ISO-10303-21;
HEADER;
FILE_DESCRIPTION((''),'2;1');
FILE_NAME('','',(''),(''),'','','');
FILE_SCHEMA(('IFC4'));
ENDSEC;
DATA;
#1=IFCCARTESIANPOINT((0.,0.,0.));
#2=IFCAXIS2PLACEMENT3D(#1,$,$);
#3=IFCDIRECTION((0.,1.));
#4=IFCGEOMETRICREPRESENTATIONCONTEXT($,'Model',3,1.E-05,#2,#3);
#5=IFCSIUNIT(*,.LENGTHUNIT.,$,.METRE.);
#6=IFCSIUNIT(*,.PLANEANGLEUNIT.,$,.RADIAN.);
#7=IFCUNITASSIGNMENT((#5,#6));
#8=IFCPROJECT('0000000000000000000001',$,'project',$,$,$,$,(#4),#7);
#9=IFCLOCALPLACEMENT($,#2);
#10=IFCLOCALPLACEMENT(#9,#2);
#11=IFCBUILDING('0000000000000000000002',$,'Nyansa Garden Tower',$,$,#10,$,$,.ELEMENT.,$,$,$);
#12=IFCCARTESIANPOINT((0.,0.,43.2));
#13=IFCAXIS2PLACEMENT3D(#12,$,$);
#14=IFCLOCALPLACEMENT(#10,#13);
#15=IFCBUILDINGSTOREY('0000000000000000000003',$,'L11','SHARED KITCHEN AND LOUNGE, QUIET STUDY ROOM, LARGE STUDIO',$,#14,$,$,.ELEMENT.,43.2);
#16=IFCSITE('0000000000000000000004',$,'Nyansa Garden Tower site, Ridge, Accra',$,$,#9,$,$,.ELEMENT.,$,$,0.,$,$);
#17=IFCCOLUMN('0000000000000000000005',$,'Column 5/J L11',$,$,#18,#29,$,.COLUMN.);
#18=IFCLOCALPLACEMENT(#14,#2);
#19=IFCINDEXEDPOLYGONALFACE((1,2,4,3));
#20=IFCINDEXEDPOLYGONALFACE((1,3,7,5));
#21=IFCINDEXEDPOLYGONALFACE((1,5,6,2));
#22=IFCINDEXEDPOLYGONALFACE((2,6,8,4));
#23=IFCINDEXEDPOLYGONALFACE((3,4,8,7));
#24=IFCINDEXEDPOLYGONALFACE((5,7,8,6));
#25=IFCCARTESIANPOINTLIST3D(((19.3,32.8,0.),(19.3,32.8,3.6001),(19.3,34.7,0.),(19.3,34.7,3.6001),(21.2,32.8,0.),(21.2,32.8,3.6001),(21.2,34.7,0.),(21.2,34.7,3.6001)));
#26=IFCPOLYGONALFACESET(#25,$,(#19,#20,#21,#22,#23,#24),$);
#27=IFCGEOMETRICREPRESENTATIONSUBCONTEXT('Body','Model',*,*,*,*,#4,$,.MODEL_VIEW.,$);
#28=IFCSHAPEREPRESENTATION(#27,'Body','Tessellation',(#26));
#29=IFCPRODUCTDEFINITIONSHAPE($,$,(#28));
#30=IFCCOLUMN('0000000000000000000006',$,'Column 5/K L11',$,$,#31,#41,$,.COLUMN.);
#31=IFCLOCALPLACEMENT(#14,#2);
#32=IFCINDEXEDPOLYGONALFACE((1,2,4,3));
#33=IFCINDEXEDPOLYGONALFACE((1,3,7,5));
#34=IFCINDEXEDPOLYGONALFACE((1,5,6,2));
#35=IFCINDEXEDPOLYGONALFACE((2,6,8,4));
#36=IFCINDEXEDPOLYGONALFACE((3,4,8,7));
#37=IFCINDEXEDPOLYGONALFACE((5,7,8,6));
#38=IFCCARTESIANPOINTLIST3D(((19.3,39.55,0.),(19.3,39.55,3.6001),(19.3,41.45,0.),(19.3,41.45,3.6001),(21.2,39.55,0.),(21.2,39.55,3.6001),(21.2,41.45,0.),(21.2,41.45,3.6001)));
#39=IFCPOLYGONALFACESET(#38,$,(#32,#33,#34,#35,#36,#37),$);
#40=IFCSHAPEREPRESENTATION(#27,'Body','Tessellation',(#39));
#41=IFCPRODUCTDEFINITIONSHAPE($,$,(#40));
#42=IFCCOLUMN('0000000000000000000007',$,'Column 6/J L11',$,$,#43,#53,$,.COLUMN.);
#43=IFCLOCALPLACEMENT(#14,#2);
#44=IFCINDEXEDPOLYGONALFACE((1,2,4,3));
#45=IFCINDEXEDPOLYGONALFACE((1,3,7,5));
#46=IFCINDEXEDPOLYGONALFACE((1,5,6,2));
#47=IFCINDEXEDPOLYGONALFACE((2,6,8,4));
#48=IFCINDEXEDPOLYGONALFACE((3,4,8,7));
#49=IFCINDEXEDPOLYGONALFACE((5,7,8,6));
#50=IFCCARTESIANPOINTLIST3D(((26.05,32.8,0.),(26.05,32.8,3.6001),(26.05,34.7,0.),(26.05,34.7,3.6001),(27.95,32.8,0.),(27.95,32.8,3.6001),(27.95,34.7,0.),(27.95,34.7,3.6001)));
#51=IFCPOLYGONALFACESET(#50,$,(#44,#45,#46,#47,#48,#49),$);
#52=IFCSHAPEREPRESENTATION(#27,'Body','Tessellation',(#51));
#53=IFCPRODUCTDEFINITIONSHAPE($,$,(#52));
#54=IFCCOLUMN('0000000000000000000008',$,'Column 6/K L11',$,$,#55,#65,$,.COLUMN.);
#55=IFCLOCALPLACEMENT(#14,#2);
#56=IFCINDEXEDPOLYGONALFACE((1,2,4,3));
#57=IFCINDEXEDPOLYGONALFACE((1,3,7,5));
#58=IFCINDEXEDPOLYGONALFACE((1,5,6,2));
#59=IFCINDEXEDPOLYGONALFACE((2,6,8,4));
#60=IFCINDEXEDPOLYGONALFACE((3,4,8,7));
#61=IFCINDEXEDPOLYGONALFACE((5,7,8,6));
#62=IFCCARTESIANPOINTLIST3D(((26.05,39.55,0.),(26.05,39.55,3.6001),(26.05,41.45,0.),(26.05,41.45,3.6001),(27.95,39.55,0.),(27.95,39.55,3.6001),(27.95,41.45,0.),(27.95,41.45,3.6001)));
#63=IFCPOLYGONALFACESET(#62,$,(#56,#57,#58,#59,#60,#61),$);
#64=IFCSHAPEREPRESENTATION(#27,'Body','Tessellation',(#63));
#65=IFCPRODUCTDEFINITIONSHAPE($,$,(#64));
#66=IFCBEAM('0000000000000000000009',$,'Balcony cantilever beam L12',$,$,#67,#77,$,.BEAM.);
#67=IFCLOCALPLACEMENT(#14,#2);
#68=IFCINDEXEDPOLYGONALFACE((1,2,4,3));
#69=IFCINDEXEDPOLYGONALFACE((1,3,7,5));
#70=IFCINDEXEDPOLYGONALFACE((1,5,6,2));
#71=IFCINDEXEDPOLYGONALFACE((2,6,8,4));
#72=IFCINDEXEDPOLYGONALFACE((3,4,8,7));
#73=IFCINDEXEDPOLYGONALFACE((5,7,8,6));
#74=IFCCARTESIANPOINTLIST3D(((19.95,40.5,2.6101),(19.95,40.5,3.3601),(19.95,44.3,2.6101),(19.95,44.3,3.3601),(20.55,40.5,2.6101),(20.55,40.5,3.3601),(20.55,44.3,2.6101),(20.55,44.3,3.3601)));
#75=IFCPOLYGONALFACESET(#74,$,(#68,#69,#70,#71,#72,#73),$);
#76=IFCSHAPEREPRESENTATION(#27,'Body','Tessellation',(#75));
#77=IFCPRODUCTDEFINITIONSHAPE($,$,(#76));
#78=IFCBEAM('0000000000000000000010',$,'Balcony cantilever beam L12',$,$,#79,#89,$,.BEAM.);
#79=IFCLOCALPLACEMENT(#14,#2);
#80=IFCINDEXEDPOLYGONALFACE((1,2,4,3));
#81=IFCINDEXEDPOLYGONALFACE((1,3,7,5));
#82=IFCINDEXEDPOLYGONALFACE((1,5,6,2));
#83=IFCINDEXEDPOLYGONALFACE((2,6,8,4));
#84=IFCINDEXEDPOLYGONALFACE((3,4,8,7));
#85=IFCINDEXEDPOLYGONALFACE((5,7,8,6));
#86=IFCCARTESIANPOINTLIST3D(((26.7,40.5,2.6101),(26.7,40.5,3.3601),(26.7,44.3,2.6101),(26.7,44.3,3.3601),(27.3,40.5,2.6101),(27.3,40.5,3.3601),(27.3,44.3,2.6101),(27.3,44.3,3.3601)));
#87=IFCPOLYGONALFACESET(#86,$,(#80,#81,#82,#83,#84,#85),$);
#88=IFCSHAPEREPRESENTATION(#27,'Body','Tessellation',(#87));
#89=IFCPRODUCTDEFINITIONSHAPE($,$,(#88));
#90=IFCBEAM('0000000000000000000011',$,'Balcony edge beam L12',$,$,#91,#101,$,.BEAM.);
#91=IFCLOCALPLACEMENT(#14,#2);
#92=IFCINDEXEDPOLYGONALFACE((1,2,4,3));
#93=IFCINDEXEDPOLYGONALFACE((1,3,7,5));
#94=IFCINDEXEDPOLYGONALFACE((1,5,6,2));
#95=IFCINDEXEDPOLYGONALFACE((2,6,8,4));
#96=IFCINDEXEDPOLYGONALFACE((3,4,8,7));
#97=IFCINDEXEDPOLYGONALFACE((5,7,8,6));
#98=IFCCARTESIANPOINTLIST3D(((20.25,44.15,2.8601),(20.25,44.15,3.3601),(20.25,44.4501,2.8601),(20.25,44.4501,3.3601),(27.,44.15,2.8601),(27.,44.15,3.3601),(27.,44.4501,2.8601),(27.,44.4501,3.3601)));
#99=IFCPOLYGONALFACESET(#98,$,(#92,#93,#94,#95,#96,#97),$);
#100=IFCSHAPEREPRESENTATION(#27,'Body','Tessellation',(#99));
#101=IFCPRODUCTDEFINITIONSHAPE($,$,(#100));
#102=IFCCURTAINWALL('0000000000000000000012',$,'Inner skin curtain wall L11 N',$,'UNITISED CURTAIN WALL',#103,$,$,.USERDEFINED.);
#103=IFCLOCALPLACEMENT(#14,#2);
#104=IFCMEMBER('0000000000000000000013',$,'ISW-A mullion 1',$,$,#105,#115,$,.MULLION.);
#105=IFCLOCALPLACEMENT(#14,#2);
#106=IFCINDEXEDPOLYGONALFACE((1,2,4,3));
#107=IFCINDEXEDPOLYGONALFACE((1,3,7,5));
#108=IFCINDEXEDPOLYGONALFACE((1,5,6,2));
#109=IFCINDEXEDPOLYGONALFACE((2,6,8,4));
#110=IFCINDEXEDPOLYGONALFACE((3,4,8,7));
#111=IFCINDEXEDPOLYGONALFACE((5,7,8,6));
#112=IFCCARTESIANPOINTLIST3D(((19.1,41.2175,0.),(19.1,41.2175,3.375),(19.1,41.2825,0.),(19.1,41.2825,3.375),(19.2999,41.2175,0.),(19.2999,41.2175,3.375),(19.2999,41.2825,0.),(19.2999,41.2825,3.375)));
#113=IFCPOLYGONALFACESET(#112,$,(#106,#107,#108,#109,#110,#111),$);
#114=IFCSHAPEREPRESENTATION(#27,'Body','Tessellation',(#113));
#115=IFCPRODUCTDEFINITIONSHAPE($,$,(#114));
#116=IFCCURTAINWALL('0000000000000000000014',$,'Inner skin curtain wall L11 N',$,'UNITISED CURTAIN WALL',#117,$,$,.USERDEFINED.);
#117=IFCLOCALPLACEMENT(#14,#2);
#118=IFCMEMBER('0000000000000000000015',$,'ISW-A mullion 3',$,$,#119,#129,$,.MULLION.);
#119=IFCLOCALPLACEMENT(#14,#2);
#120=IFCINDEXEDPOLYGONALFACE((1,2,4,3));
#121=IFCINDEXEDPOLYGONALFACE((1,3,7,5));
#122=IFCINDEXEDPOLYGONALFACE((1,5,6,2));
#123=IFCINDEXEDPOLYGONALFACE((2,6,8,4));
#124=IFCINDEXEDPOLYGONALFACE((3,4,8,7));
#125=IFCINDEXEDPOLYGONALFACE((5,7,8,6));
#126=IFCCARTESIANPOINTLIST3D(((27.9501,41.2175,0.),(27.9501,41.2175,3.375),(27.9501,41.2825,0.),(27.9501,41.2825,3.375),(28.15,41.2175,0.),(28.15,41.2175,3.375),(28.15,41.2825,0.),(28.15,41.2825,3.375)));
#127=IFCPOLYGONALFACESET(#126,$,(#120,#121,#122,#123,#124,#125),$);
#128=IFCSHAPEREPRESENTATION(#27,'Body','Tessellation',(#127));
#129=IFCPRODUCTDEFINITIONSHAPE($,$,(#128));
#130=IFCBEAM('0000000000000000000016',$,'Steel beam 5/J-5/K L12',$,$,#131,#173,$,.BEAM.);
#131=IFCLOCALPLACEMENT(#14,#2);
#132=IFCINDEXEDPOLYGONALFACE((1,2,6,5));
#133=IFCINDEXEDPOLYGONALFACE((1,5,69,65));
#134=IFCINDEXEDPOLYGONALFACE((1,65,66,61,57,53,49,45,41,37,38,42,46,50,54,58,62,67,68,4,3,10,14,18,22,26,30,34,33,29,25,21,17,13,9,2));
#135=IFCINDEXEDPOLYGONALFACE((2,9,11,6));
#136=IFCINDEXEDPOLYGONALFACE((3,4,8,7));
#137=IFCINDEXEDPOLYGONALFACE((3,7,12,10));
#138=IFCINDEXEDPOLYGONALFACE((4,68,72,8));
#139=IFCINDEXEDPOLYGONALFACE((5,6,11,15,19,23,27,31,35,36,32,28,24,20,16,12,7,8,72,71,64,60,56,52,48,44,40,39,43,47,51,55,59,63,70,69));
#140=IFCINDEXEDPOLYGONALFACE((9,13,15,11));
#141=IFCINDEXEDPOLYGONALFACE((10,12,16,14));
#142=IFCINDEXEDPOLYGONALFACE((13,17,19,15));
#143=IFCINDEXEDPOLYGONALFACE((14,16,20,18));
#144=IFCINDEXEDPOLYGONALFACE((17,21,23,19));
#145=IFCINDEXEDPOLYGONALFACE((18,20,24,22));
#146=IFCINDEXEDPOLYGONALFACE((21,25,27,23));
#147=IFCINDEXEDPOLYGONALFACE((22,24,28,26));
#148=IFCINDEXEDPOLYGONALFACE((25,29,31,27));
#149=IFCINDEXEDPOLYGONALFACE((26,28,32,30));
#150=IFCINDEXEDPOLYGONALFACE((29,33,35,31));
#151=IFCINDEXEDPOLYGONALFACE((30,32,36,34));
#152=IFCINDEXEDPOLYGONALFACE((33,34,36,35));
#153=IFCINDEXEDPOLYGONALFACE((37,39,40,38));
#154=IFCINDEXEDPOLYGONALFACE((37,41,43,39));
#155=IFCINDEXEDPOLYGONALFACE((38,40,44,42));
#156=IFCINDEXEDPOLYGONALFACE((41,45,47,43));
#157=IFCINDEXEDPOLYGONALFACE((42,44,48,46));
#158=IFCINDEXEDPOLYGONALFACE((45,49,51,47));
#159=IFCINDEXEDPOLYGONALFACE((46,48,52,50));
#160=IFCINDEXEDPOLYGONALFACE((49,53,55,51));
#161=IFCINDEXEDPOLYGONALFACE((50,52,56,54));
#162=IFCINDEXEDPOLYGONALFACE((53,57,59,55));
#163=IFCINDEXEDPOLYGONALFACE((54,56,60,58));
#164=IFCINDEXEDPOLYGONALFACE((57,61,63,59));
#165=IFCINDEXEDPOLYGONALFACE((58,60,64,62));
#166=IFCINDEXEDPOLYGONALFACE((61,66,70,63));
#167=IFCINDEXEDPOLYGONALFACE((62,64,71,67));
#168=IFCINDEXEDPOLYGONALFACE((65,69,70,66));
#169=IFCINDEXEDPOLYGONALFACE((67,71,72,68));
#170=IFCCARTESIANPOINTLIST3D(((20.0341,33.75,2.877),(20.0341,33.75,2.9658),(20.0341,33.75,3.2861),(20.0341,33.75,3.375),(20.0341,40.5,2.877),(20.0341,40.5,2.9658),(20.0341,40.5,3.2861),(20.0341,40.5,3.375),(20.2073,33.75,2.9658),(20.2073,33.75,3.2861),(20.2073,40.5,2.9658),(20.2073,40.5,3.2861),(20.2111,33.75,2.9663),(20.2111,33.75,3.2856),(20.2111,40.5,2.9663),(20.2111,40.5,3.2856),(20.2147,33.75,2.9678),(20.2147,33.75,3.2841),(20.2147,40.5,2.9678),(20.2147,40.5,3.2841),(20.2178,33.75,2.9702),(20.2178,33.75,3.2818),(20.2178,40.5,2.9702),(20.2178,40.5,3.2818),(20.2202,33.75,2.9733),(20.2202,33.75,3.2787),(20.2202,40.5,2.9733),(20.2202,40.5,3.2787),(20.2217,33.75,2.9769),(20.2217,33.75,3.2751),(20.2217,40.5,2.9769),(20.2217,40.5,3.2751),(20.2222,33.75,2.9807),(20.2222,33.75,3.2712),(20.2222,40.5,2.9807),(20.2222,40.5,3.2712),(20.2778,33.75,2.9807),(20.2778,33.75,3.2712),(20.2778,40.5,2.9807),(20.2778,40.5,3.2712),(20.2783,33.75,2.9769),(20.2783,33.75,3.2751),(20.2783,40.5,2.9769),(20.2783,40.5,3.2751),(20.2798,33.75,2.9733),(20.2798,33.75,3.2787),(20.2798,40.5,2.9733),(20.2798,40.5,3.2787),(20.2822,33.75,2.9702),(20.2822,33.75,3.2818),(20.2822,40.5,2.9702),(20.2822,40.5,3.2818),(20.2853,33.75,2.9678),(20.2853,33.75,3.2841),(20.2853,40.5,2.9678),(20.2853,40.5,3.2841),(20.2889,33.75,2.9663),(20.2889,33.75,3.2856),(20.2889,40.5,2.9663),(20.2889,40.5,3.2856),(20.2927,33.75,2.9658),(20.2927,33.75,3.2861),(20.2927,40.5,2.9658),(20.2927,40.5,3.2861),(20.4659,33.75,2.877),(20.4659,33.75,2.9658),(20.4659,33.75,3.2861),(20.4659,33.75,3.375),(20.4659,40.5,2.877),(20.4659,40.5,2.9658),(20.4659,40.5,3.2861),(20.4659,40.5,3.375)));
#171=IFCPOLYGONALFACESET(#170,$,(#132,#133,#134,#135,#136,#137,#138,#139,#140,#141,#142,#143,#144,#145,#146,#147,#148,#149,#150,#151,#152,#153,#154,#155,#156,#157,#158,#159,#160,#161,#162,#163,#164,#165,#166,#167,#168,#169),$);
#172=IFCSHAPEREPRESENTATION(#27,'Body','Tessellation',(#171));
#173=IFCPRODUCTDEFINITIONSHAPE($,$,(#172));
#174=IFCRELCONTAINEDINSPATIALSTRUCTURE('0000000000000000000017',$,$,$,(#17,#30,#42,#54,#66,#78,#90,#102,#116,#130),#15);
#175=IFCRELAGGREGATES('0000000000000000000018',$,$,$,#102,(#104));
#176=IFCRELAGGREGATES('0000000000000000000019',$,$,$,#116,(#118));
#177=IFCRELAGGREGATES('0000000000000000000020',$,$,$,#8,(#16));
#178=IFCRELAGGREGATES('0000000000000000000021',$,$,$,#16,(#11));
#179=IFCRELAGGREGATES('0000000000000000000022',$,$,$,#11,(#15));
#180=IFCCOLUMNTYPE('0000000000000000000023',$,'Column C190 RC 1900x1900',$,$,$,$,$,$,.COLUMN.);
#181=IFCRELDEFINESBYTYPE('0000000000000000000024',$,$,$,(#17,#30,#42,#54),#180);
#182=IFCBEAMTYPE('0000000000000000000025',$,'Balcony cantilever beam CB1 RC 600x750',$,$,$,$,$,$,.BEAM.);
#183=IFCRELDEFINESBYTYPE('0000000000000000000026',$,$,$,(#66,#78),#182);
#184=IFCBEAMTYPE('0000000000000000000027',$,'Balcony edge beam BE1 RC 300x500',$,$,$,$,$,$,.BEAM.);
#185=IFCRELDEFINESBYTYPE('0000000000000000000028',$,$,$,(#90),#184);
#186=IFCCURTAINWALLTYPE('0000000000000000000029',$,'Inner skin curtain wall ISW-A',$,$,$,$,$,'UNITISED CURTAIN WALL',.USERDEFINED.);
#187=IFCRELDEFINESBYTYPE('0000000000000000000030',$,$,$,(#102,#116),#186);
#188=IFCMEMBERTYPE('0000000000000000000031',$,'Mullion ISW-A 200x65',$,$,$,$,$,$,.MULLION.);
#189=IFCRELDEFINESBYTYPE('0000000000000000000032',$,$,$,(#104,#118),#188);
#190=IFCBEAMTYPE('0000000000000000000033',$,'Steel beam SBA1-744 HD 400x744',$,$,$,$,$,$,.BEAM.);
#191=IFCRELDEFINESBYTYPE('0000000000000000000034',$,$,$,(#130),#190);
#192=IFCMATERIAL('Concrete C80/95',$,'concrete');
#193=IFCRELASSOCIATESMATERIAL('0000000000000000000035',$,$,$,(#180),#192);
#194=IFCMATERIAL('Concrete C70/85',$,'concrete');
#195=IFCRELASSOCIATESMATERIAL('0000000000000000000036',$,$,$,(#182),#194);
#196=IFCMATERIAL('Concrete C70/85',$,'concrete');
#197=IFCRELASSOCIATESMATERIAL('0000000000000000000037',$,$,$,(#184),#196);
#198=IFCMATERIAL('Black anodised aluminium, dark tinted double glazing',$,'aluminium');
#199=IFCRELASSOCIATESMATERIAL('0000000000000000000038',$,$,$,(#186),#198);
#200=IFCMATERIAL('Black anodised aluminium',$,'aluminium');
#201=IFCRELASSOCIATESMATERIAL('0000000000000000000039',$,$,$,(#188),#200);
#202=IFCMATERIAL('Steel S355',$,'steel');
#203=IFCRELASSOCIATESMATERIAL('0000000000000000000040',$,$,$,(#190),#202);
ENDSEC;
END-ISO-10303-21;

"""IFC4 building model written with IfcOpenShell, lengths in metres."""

from ifc_helpers import new_model, si_unit, direction, frame, origin, origin_2d, place, context, subcontext, project, spatial, rectangle, i_section, extrude, material, material_profile, profile_set, type_object, element, aggregate, save


model = new_model("IFC4")

# Units and contexts
model_context = context("Model", 3, precision=1e-05, world=origin(), true_north=direction((0.0, 1.0)))
body_context = subcontext(model_context, "Body", "Model", "MODEL_VIEW")
ifc_project = project(units=[si_unit("LENGTHUNIT", "METRE"), si_unit("PLANEANGLEUNIT", "RADIAN")], contexts=[model_context])

# Site, building, storey
site_placement = place(None, origin())
site = spatial("IfcSite", under=ifc_project, at=site_placement, Name="Nyansa Garden Tower site, Ridge, Accra", CompositionType="ELEMENT", RefElevation=0.0)
building_placement = place(site_placement, origin())
building = spatial("IfcBuilding", under=site, at=building_placement, Name="Nyansa Garden Tower", CompositionType="ELEMENT")
storey_placement = place(building_placement, frame((0.0, 0.0, 43.2)))
storey = spatial("IfcBuildingStorey", under=building, at=storey_placement, Name="L11", Description="SHARED KITCHEN AND LOUNGE, QUIET STUDY ROOM, LARGE STUDIO", CompositionType="ELEMENT", Elevation=43.2)

# Columns
ifc_material_1 = material(Name="Concrete C80/95", Category="concrete")
ifc_material_profile_1 = material_profile(ifc_material_1, rectangle(XDim=1.8999, YDim=1.8999, at=origin_2d()), Name="RC 1900x1900")
ifc_profile_set_1 = profile_set([ifc_material_profile_1], Name="Concrete C80/95")
column_type = type_object("IfcColumnType", Name="Column C190 RC 1900x1900", PredefinedType="COLUMN", material=ifc_profile_set_1)
for number, where, z_axis, x_axis, name in (
    (1, (20.25, 33.75, 0.0), (0.0, 0.0, 1.0), (1.0, 0.0, 0.0), "Column 5/J L11"),
    (2, (20.25, 40.5, 0.0), (0.0, 0.0, 1.0), (1.0, 0.0, 0.0), "Column 5/K L11"),
    (3, (27.0, 33.75, 0.0), (0.0, 0.0, 1.0), (1.0, 0.0, 0.0), "Column 6/J L11"),
    (4, (27.0, 40.5, 0.0), (0.0, 0.0, 1.0), (1.0, 0.0, 0.0), "Column 6/K L11"),
):
    element("IfcColumn", number, at=place(storey_placement, frame(where, z_axis=z_axis, x_axis=x_axis)), inside=storey, type_object=column_type, Name=name, PredefinedType="COLUMN", context=body_context, shape_type="SweptSolid", body=[
        extrude(rectangle(XDim=1.8999, YDim=1.8999, at=origin_2d()), origin(), (0.0, 0.0, 1.0), 3.6001),
    ])

# Beams
ifc_material_2 = material(Name="Concrete C70/85", Category="concrete")
ifc_material_profile_2 = material_profile(ifc_material_2, rectangle(XDim=0.6001, YDim=0.75, at=origin_2d()), Name="RC 600x750")
ifc_profile_set_2 = profile_set([ifc_material_profile_2], Name="Concrete C70/85")
beam_type_1 = type_object("IfcBeamType", Name="Balcony cantilever beam CB1 RC 600x750", PredefinedType="BEAM", material=ifc_profile_set_2)
for number, where, z_axis, x_axis, name in (
    (5, (20.25, 40.5, 2.9851), (0.0, 1.0, 0.0), (-1.0, 0.0, 0.0), "Balcony cantilever beam L12"),
    (6, (27.0, 40.5, 2.9851), (0.0, 1.0, 0.0), (-1.0, 0.0, 0.0), "Balcony cantilever beam L12"),
):
    element("IfcBeam", number, at=place(storey_placement, frame(where, z_axis=z_axis, x_axis=x_axis)), inside=storey, type_object=beam_type_1, Name=name, PredefinedType="BEAM", context=body_context, shape_type="SweptSolid", body=[
        extrude(rectangle(XDim=0.6001, YDim=0.75, at=origin_2d()), origin(), (0.0, 0.0, 1.0), 3.8),
    ])
ifc_material_3 = material(Name="Concrete C70/85", Category="concrete")
ifc_material_profile_3 = material_profile(ifc_material_3, rectangle(XDim=0.3, YDim=0.5, at=origin_2d()), Name="RC 300x500")
ifc_profile_set_3 = profile_set([ifc_material_profile_3], Name="Concrete C70/85")
beam_type_2 = type_object("IfcBeamType", Name="Balcony edge beam BE1 RC 300x500", PredefinedType="BEAM", material=ifc_profile_set_3)
beam_placement = place(storey_placement, frame((20.25, 44.3, 3.1101), z_axis=(1.0, 0.0, 0.0), x_axis=(0.0, 1.0, 0.0)))
element("IfcBeam", 7, at=beam_placement, inside=storey, type_object=beam_type_2, Name="Balcony edge beam L12", PredefinedType="BEAM", context=body_context, shape_type="SweptSolid", body=[
    extrude(rectangle(XDim=0.3, YDim=0.5, at=origin_2d()), origin(), (0.0, 0.0, 1.0), 6.75),
])

# Curtain walls, members
ifc_material_4 = material(Name="Black anodised aluminium, dark tinted double glazing", Category="aluminium")
curtain_wall_type = type_object("IfcCurtainWallType", Name="Inner skin curtain wall ISW-A", ElementType="UNITISED CURTAIN WALL", PredefinedType="USERDEFINED", material=ifc_material_4)
curtain_wall_1_placement = place(storey_placement, origin())
curtain_wall_1 = element("IfcCurtainWall", 8, at=curtain_wall_1_placement, inside=storey, type_object=curtain_wall_type, Name="Inner skin curtain wall L11 N", ObjectType="UNITISED CURTAIN WALL", PredefinedType="USERDEFINED")
ifc_material_5 = material(Name="Black anodised aluminium", Category="aluminium")
ifc_material_profile_4 = material_profile(ifc_material_5, rectangle(XDim=0.0649, YDim=0.2, at=origin_2d()), Name="Mullion 200x65")
ifc_profile_set_4 = profile_set([ifc_material_profile_4], Name="Black anodised aluminium")
member_type_1 = type_object("IfcMemberType", Name="Mullion ISW-A 200x65", PredefinedType="MULLION", material=ifc_profile_set_4)
member_1_placement = place(storey_placement, frame((19.2, 41.25, 0.0), z_axis=(0.0, 0.0, 1.0), x_axis=(0.0, -1.0, 0.0)))
member_1 = element("IfcMember", 9, at=member_1_placement, type_object=member_type_1, Name="ISW-A mullion 1", PredefinedType="MULLION", context=body_context, shape_type="SweptSolid", body=[
    extrude(rectangle(XDim=0.0649, YDim=0.2, at=origin_2d()), origin(), (0.0, 0.0, 1.0), 3.375),
])
curtain_wall_2_placement = place(storey_placement, origin())
curtain_wall_2 = element("IfcCurtainWall", 10, at=curtain_wall_2_placement, inside=storey, type_object=curtain_wall_type, Name="Inner skin curtain wall L11 N", ObjectType="UNITISED CURTAIN WALL", PredefinedType="USERDEFINED")
member_2_placement = place(storey_placement, frame((28.05, 41.25, 0.0), z_axis=(0.0, 0.0, 1.0), x_axis=(0.0, -1.0, 0.0)))
member_2 = element("IfcMember", 11, at=member_2_placement, type_object=member_type_1, Name="ISW-A mullion 3", PredefinedType="MULLION", context=body_context, shape_type="SweptSolid", body=[
    extrude(rectangle(XDim=0.0649, YDim=0.2, at=origin_2d()), origin(), (0.0, 0.0, 1.0), 3.375),
])

# Beam
ifc_material_6 = material(Name="Steel S355", Category="steel")
ifc_material_profile_5 = material_profile(ifc_material_6, i_section(OverallWidth=0.4319, OverallDepth=0.498, WebThickness=0.0557, FlangeThickness=0.0889, FilletRadius=0.0149, at=origin_2d()), Name="HD 400x744")
ifc_profile_set_5 = profile_set([ifc_material_profile_5], Name="Steel S355")
beam_type_3 = type_object("IfcBeamType", Name="Steel beam SBA1-744 HD 400x744", PredefinedType="BEAM", material=ifc_profile_set_5)
for number, where, z_axis, x_axis, name in (
    (12, (20.25, 33.75, 3.126), (0.0, 1.0, 0.0), (-1.0, 0.0, 0.0), "Steel beam 5/J-5/K L12"),
):
    element("IfcBeam", number, at=place(storey_placement, frame(where, z_axis=z_axis, x_axis=x_axis)), inside=storey, type_object=beam_type_3, Name=name, PredefinedType="BEAM", context=body_context, shape_type="SweptSolid", body=[
        extrude(i_section(OverallWidth=0.4319, OverallDepth=0.498, WebThickness=0.0557, FlangeThickness=0.0889, FilletRadius=0.0149, at=origin_2d()), origin(), (0.0, 0.0, 1.0), 6.75),
    ])

aggregate(curtain_wall_1, [member_1])

aggregate(curtain_wall_2, [member_2])

save(model, "model.ifc")
